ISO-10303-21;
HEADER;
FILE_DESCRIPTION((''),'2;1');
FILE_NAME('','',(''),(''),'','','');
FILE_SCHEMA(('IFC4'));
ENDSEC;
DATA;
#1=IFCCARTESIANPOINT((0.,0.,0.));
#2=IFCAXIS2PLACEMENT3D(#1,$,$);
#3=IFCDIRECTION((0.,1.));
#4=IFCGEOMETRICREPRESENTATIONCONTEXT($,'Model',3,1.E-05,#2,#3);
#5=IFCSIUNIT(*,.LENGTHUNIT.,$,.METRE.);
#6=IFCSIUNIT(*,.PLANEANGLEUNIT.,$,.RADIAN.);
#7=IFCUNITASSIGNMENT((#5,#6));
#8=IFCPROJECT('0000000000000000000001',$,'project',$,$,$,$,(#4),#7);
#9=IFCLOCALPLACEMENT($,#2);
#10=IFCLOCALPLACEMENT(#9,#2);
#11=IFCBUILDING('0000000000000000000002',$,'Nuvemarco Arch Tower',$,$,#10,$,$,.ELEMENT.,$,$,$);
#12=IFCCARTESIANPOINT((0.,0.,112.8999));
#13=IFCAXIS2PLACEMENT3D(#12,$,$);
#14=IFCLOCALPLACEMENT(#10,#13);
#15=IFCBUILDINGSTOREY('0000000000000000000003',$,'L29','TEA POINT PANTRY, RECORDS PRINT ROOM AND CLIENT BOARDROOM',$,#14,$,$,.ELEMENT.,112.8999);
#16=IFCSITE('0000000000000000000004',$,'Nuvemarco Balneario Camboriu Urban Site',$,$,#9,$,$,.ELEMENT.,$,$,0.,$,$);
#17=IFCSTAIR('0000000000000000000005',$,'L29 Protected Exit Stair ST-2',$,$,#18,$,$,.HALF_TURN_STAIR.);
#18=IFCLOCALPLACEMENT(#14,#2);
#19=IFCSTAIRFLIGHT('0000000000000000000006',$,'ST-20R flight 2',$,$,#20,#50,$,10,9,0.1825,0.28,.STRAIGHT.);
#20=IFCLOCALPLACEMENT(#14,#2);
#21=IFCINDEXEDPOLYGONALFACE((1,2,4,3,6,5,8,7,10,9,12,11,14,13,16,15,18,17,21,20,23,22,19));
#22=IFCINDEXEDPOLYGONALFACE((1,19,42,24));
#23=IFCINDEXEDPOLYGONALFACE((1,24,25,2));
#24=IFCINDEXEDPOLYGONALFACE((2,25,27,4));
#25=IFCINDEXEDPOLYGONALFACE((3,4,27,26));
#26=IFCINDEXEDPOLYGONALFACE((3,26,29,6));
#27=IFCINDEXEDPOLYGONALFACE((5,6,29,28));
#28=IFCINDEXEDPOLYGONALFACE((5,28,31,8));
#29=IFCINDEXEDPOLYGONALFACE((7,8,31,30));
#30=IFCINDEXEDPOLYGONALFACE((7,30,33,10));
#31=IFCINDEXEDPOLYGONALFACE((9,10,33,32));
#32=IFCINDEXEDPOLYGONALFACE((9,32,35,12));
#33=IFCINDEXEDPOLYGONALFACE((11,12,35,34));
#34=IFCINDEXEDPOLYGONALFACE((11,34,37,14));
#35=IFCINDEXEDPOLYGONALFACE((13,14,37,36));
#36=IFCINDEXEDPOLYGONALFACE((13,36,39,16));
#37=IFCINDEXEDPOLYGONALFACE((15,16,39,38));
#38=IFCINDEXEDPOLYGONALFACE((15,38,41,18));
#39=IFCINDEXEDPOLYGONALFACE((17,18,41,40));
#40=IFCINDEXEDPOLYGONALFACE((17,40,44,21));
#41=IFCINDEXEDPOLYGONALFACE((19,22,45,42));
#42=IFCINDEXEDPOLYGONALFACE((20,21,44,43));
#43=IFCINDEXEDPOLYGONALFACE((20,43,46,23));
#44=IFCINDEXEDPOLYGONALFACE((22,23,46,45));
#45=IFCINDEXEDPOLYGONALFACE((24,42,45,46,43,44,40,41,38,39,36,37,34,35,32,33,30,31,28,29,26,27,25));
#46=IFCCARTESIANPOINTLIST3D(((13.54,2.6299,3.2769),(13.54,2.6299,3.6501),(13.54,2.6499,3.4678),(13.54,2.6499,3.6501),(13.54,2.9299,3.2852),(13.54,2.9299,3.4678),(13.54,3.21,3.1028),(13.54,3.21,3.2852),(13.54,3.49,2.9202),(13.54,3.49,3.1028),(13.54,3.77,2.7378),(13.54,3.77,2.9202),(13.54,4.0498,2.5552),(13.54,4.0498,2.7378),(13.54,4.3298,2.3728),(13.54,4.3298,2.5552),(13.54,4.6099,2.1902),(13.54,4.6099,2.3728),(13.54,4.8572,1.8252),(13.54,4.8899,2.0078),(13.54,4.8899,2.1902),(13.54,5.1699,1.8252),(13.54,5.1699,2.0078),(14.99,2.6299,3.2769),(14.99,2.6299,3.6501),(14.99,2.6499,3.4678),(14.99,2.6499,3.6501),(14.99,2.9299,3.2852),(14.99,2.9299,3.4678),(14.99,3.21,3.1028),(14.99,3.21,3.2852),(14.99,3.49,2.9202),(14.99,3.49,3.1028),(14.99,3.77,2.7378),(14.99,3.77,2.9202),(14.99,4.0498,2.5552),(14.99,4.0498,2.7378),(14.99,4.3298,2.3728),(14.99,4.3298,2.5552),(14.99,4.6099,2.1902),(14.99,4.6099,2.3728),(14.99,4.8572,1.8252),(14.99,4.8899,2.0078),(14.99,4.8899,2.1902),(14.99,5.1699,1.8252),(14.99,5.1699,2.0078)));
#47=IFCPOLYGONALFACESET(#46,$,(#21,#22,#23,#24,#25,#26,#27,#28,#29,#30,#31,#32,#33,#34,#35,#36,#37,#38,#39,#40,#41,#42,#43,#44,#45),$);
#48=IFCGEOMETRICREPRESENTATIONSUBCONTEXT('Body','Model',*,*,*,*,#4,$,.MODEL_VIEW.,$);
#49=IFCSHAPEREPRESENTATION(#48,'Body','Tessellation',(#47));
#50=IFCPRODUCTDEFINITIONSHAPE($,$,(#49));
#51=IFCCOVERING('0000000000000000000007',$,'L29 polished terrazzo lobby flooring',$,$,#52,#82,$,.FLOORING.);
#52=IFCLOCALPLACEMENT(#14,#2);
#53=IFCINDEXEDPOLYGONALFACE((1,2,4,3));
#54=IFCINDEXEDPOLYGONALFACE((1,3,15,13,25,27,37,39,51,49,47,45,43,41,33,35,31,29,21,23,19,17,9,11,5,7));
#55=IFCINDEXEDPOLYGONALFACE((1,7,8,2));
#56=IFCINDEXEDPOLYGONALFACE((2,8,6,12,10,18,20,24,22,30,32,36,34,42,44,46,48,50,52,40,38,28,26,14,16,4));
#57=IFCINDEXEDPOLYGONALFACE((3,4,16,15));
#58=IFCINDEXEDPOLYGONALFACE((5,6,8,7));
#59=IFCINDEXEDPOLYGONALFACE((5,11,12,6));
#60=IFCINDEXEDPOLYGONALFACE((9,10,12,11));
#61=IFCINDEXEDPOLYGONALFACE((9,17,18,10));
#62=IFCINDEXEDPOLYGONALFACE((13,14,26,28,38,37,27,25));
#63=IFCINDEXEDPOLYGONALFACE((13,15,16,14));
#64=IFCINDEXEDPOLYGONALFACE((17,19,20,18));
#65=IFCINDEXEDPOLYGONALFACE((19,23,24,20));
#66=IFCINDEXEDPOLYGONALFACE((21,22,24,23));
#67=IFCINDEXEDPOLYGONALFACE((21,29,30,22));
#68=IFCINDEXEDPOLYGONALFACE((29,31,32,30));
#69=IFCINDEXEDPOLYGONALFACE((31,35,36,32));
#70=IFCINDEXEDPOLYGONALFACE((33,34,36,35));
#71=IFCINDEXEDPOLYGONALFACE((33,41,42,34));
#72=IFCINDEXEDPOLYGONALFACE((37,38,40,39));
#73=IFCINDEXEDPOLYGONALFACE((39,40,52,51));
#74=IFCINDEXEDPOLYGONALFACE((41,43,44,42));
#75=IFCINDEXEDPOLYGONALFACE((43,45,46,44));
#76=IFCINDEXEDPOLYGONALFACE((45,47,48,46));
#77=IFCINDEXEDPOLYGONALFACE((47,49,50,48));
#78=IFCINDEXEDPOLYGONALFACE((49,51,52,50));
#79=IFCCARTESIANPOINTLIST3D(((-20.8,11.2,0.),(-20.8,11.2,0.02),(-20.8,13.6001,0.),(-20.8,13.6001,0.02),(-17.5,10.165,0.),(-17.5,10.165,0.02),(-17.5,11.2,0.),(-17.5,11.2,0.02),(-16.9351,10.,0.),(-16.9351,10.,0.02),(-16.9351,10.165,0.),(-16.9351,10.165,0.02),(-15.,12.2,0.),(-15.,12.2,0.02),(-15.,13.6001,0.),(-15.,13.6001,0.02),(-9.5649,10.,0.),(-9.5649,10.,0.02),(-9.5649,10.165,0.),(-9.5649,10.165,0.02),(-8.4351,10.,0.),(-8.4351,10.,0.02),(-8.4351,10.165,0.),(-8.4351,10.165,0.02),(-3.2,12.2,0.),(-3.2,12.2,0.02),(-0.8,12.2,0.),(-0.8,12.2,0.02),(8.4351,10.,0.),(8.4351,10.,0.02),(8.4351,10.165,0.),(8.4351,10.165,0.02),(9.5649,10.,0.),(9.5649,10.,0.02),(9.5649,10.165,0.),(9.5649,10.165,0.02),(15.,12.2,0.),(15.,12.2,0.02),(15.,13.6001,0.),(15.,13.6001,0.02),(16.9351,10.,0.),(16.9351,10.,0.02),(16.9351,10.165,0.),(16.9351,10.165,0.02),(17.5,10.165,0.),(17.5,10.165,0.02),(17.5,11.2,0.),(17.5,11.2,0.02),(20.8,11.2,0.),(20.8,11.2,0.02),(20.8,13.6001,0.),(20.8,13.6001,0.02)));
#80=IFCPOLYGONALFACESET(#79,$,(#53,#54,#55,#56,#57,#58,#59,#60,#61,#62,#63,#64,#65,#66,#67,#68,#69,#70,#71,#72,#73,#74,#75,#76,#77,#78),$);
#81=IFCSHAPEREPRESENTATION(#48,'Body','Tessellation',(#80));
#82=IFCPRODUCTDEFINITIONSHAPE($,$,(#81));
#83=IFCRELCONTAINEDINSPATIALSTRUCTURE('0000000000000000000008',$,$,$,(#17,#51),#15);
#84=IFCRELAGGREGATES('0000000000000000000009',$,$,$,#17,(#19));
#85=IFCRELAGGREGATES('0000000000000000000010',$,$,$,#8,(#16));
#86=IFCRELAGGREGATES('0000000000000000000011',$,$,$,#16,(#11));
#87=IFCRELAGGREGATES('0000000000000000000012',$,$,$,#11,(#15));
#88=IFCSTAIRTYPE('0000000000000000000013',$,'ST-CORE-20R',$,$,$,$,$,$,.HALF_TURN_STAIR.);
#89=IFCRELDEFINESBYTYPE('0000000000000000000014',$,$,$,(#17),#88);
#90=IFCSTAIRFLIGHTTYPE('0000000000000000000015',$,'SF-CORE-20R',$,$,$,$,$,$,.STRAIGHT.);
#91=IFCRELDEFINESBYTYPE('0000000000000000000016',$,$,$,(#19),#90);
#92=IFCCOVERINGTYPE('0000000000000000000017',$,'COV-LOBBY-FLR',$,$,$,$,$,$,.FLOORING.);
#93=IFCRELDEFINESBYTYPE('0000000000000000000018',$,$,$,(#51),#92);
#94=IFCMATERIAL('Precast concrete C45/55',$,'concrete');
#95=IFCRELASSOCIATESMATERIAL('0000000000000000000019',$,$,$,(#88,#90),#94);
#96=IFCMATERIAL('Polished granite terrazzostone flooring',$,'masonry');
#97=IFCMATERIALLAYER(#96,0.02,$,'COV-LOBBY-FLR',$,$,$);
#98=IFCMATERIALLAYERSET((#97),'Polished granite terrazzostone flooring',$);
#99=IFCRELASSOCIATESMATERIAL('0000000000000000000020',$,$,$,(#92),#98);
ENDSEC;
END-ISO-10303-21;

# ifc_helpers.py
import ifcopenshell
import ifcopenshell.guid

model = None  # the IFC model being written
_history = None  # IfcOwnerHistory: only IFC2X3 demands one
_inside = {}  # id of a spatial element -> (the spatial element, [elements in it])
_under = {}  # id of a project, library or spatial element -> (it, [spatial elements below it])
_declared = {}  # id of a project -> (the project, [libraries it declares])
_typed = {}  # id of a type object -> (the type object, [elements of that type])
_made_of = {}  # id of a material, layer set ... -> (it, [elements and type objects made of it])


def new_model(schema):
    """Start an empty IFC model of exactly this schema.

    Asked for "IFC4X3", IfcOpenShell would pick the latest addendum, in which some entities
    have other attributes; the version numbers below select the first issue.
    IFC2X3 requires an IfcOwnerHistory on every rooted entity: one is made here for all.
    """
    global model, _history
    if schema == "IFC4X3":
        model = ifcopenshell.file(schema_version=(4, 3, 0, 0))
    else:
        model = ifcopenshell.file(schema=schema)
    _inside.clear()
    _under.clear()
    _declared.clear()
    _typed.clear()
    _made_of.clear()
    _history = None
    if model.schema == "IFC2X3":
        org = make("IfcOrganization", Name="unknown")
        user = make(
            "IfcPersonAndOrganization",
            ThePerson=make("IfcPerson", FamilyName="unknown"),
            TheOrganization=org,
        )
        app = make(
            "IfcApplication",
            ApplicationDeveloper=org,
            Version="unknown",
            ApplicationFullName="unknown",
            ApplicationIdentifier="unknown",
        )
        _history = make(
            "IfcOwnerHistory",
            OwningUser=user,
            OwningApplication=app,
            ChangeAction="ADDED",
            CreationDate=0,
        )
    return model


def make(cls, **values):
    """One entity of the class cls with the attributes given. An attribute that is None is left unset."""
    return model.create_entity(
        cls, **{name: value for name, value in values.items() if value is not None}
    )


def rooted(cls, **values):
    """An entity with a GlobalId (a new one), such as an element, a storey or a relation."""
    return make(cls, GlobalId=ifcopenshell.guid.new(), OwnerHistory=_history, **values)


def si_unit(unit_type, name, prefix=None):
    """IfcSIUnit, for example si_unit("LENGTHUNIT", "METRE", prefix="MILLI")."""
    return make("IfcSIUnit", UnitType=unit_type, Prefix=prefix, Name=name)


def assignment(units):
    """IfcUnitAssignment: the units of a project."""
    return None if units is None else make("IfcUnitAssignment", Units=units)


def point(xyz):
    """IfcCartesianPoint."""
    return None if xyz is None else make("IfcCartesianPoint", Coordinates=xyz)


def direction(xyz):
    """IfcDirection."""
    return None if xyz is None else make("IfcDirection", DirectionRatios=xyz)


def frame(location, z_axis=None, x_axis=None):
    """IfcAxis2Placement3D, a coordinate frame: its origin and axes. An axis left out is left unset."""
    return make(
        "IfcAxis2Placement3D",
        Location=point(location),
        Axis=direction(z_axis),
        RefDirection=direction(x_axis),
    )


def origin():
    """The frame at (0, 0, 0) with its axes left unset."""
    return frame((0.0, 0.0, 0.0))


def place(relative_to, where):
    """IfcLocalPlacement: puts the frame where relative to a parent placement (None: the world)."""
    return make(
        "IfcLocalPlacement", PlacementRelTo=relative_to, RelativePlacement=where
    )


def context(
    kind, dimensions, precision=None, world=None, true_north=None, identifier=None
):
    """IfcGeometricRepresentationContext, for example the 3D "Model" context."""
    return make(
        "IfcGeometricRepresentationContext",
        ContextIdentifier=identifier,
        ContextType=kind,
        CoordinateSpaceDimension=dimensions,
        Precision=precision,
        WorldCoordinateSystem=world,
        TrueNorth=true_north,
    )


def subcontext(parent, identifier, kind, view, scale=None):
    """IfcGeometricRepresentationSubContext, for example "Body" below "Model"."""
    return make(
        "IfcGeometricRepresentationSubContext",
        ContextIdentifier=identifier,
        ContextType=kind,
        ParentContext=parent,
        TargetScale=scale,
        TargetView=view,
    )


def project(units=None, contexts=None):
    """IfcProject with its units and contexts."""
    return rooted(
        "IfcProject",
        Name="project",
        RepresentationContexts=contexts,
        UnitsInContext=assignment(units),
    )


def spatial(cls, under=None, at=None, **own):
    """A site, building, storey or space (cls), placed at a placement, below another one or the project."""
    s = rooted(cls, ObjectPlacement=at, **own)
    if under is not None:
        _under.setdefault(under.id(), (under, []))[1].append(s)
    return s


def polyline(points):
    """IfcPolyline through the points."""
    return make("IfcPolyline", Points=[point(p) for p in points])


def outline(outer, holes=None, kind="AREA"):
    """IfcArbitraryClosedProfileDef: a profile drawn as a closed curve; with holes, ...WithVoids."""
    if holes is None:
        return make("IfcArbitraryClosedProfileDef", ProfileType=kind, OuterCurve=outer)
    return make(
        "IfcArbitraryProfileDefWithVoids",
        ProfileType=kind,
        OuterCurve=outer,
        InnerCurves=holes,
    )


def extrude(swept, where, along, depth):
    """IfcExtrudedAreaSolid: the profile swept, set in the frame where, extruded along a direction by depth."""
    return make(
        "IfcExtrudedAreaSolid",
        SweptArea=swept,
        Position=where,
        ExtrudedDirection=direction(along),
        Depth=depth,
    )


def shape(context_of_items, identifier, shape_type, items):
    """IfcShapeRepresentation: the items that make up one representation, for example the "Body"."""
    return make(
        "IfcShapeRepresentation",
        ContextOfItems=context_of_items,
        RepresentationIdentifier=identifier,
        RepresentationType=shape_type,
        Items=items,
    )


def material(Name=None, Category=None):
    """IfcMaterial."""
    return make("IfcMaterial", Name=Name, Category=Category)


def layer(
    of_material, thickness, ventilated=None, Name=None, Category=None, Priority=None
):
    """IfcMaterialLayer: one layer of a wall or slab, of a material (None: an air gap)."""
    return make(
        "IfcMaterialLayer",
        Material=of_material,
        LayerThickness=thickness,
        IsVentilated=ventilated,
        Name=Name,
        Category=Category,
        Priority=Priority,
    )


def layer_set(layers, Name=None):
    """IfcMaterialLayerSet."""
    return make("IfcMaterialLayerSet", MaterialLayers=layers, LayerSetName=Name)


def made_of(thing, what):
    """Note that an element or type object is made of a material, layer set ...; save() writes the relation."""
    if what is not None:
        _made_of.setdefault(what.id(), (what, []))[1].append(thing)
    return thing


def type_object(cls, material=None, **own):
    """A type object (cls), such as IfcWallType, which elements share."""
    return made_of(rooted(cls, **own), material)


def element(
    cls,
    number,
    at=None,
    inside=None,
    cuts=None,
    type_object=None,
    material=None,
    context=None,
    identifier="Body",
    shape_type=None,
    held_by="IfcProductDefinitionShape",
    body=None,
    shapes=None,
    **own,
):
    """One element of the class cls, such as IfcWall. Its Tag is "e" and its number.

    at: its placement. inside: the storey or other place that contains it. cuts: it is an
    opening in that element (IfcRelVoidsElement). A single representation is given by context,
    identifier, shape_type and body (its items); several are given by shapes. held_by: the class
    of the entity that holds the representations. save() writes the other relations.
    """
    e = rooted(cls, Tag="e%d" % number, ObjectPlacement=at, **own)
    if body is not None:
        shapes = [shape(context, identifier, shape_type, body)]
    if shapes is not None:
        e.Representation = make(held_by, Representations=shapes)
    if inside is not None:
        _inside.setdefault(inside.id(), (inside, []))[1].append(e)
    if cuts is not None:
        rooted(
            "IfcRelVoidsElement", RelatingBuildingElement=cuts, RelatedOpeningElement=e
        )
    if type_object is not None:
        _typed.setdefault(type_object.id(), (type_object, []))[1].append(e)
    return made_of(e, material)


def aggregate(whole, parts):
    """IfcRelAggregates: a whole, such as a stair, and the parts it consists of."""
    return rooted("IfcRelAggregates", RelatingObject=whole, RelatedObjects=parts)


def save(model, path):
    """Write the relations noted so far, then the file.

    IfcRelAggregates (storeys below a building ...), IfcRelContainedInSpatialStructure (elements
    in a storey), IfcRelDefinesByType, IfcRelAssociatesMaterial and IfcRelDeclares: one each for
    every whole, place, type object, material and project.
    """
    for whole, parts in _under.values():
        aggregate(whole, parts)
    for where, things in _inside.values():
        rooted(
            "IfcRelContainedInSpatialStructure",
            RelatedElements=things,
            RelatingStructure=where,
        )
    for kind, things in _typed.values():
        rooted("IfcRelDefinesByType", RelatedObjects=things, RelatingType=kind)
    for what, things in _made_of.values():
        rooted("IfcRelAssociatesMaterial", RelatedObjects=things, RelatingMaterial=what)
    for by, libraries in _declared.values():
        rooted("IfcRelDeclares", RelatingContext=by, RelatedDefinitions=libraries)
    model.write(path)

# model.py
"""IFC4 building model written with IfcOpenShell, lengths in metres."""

from ifc_helpers import new_model, si_unit, direction, frame, origin, place, context, subcontext, project, spatial, polyline, outline, extrude, material, layer, layer_set, type_object, element, aggregate, save


model = new_model("IFC4")

# Units and contexts
model_context = context("Model", 3, precision=1e-05, world=origin(), true_north=direction((0.0, 1.0)))
body_context = subcontext(model_context, "Body", "Model", "MODEL_VIEW")
ifc_project = project(units=[si_unit("LENGTHUNIT", "METRE"), si_unit("PLANEANGLEUNIT", "RADIAN")], contexts=[model_context])

# Site, building, storey
site_placement = place(None, origin())
site = spatial("IfcSite", under=ifc_project, at=site_placement, Name="Nuvemarco Balneario Camboriu Urban Site", CompositionType="ELEMENT", RefElevation=0.0)
building_placement = place(site_placement, origin())
building = spatial("IfcBuilding", under=site, at=building_placement, Name="Nuvemarco Arch Tower", CompositionType="ELEMENT")
storey_placement = place(building_placement, frame((0.0, 0.0, 112.8999)))
storey = spatial("IfcBuildingStorey", under=building, at=storey_placement, Name="L29", Description="TEA POINT PANTRY, RECORDS PRINT ROOM AND CLIENT BOARDROOM", CompositionType="ELEMENT", Elevation=112.8999)

# Stair, stair flight
ifc_material_1 = material(Name="Precast concrete C45/55", Category="concrete")
stair_type = type_object("IfcStairType", Name="ST-CORE-20R", PredefinedType="HALF_TURN_STAIR", material=ifc_material_1)
stair_placement = place(storey_placement, origin())
stair = element("IfcStair", 1, at=stair_placement, inside=storey, type_object=stair_type, Name="L29 Protected Exit Stair ST-2", PredefinedType="HALF_TURN_STAIR")
stair_flight_type = type_object("IfcStairFlightType", Name="SF-CORE-20R", PredefinedType="STRAIGHT", material=ifc_material_1)
stair_flight_placement = place(storey_placement, frame((14.2649, 5.1699, 1.8252), z_axis=(0.0, 0.0, 1.0), x_axis=(0.0, -1.0, 0.0)))
stair_flight = element("IfcStairFlight", 2, at=stair_flight_placement, type_object=stair_flight_type, Name="ST-20R flight 2", NumberOfRisers=10, NumberOfTreads=9, PredefinedType="STRAIGHT", RiserHeight=0.1825, TreadLength=0.28, context=body_context, shape_type="SweptSolid", body=[
    extrude(outline(polyline([(0.0, 0.0), (0.0, 0.1826), (0.28, 0.1826), (0.28, 0.365), (0.5601, 0.365), (0.5601, 0.5476), (0.8401, 0.5476), (0.8401, 0.73), (1.1201, 0.73), (1.1201, 0.9126), (1.3999, 0.9126), (1.3999, 1.095), (1.6799, 1.095), (1.6799, 1.2776), (1.96, 1.2776), (1.96, 1.46), (2.24, 1.46), (2.24, 1.6426), (2.52, 1.6426), (2.52, 1.825), (2.54, 1.825), (2.54, 1.4517), (0.3127, 0.0), (0.0, 0.0)])), frame((0.0, 0.7251, 0.0), z_axis=(0.0, -1.0, 0.0), x_axis=(1.0, 0.0, 0.0)), (0.0, 0.0, 1.0), 1.45),
])
aggregate(stair, [stair_flight])

# Covering
ifc_material_2 = material(Name="Polished granite terrazzostone flooring", Category="masonry")
ifc_layer_1 = layer(ifc_material_2, 0.02, Name="COV-LOBBY-FLR")
ifc_layer_set_1 = layer_set([ifc_layer_1], Name="Polished granite terrazzostone flooring")
covering_type = type_object("IfcCoveringType", Name="COV-LOBBY-FLR", PredefinedType="FLOORING", material=ifc_layer_set_1)
covering_placement = place(storey_placement, origin())
element("IfcCovering", 3, at=covering_placement, inside=storey, type_object=covering_type, Name="L29 polished terrazzo lobby flooring", PredefinedType="FLOORING", context=body_context, shape_type="SweptSolid", body=[
    extrude(outline(polyline([(-8.4351, 10.165), (-9.5649, 10.165), (-9.5649, 10.0), (-16.9351, 10.0), (-16.9351, 10.165), (-17.5, 10.165), (-17.5, 11.2), (-20.8, 11.2), (-20.8, 13.6001), (-15.0, 13.6001), (-15.0, 12.2), (-3.2, 12.2), (-0.8, 12.2), (15.0, 12.2), (15.0, 13.6001), (20.8, 13.6001), (20.8, 11.2), (17.5, 11.2), (17.5, 10.165), (16.9351, 10.165), (16.9351, 10.0), (9.5649, 10.0), (9.5649, 10.165), (8.4351, 10.165), (8.4351, 10.0), (-8.4351, 10.0), (-8.4351, 10.165)])), origin(), (0.0, 0.0, 1.0), 0.02),
])

save(model, "model.ifc")
